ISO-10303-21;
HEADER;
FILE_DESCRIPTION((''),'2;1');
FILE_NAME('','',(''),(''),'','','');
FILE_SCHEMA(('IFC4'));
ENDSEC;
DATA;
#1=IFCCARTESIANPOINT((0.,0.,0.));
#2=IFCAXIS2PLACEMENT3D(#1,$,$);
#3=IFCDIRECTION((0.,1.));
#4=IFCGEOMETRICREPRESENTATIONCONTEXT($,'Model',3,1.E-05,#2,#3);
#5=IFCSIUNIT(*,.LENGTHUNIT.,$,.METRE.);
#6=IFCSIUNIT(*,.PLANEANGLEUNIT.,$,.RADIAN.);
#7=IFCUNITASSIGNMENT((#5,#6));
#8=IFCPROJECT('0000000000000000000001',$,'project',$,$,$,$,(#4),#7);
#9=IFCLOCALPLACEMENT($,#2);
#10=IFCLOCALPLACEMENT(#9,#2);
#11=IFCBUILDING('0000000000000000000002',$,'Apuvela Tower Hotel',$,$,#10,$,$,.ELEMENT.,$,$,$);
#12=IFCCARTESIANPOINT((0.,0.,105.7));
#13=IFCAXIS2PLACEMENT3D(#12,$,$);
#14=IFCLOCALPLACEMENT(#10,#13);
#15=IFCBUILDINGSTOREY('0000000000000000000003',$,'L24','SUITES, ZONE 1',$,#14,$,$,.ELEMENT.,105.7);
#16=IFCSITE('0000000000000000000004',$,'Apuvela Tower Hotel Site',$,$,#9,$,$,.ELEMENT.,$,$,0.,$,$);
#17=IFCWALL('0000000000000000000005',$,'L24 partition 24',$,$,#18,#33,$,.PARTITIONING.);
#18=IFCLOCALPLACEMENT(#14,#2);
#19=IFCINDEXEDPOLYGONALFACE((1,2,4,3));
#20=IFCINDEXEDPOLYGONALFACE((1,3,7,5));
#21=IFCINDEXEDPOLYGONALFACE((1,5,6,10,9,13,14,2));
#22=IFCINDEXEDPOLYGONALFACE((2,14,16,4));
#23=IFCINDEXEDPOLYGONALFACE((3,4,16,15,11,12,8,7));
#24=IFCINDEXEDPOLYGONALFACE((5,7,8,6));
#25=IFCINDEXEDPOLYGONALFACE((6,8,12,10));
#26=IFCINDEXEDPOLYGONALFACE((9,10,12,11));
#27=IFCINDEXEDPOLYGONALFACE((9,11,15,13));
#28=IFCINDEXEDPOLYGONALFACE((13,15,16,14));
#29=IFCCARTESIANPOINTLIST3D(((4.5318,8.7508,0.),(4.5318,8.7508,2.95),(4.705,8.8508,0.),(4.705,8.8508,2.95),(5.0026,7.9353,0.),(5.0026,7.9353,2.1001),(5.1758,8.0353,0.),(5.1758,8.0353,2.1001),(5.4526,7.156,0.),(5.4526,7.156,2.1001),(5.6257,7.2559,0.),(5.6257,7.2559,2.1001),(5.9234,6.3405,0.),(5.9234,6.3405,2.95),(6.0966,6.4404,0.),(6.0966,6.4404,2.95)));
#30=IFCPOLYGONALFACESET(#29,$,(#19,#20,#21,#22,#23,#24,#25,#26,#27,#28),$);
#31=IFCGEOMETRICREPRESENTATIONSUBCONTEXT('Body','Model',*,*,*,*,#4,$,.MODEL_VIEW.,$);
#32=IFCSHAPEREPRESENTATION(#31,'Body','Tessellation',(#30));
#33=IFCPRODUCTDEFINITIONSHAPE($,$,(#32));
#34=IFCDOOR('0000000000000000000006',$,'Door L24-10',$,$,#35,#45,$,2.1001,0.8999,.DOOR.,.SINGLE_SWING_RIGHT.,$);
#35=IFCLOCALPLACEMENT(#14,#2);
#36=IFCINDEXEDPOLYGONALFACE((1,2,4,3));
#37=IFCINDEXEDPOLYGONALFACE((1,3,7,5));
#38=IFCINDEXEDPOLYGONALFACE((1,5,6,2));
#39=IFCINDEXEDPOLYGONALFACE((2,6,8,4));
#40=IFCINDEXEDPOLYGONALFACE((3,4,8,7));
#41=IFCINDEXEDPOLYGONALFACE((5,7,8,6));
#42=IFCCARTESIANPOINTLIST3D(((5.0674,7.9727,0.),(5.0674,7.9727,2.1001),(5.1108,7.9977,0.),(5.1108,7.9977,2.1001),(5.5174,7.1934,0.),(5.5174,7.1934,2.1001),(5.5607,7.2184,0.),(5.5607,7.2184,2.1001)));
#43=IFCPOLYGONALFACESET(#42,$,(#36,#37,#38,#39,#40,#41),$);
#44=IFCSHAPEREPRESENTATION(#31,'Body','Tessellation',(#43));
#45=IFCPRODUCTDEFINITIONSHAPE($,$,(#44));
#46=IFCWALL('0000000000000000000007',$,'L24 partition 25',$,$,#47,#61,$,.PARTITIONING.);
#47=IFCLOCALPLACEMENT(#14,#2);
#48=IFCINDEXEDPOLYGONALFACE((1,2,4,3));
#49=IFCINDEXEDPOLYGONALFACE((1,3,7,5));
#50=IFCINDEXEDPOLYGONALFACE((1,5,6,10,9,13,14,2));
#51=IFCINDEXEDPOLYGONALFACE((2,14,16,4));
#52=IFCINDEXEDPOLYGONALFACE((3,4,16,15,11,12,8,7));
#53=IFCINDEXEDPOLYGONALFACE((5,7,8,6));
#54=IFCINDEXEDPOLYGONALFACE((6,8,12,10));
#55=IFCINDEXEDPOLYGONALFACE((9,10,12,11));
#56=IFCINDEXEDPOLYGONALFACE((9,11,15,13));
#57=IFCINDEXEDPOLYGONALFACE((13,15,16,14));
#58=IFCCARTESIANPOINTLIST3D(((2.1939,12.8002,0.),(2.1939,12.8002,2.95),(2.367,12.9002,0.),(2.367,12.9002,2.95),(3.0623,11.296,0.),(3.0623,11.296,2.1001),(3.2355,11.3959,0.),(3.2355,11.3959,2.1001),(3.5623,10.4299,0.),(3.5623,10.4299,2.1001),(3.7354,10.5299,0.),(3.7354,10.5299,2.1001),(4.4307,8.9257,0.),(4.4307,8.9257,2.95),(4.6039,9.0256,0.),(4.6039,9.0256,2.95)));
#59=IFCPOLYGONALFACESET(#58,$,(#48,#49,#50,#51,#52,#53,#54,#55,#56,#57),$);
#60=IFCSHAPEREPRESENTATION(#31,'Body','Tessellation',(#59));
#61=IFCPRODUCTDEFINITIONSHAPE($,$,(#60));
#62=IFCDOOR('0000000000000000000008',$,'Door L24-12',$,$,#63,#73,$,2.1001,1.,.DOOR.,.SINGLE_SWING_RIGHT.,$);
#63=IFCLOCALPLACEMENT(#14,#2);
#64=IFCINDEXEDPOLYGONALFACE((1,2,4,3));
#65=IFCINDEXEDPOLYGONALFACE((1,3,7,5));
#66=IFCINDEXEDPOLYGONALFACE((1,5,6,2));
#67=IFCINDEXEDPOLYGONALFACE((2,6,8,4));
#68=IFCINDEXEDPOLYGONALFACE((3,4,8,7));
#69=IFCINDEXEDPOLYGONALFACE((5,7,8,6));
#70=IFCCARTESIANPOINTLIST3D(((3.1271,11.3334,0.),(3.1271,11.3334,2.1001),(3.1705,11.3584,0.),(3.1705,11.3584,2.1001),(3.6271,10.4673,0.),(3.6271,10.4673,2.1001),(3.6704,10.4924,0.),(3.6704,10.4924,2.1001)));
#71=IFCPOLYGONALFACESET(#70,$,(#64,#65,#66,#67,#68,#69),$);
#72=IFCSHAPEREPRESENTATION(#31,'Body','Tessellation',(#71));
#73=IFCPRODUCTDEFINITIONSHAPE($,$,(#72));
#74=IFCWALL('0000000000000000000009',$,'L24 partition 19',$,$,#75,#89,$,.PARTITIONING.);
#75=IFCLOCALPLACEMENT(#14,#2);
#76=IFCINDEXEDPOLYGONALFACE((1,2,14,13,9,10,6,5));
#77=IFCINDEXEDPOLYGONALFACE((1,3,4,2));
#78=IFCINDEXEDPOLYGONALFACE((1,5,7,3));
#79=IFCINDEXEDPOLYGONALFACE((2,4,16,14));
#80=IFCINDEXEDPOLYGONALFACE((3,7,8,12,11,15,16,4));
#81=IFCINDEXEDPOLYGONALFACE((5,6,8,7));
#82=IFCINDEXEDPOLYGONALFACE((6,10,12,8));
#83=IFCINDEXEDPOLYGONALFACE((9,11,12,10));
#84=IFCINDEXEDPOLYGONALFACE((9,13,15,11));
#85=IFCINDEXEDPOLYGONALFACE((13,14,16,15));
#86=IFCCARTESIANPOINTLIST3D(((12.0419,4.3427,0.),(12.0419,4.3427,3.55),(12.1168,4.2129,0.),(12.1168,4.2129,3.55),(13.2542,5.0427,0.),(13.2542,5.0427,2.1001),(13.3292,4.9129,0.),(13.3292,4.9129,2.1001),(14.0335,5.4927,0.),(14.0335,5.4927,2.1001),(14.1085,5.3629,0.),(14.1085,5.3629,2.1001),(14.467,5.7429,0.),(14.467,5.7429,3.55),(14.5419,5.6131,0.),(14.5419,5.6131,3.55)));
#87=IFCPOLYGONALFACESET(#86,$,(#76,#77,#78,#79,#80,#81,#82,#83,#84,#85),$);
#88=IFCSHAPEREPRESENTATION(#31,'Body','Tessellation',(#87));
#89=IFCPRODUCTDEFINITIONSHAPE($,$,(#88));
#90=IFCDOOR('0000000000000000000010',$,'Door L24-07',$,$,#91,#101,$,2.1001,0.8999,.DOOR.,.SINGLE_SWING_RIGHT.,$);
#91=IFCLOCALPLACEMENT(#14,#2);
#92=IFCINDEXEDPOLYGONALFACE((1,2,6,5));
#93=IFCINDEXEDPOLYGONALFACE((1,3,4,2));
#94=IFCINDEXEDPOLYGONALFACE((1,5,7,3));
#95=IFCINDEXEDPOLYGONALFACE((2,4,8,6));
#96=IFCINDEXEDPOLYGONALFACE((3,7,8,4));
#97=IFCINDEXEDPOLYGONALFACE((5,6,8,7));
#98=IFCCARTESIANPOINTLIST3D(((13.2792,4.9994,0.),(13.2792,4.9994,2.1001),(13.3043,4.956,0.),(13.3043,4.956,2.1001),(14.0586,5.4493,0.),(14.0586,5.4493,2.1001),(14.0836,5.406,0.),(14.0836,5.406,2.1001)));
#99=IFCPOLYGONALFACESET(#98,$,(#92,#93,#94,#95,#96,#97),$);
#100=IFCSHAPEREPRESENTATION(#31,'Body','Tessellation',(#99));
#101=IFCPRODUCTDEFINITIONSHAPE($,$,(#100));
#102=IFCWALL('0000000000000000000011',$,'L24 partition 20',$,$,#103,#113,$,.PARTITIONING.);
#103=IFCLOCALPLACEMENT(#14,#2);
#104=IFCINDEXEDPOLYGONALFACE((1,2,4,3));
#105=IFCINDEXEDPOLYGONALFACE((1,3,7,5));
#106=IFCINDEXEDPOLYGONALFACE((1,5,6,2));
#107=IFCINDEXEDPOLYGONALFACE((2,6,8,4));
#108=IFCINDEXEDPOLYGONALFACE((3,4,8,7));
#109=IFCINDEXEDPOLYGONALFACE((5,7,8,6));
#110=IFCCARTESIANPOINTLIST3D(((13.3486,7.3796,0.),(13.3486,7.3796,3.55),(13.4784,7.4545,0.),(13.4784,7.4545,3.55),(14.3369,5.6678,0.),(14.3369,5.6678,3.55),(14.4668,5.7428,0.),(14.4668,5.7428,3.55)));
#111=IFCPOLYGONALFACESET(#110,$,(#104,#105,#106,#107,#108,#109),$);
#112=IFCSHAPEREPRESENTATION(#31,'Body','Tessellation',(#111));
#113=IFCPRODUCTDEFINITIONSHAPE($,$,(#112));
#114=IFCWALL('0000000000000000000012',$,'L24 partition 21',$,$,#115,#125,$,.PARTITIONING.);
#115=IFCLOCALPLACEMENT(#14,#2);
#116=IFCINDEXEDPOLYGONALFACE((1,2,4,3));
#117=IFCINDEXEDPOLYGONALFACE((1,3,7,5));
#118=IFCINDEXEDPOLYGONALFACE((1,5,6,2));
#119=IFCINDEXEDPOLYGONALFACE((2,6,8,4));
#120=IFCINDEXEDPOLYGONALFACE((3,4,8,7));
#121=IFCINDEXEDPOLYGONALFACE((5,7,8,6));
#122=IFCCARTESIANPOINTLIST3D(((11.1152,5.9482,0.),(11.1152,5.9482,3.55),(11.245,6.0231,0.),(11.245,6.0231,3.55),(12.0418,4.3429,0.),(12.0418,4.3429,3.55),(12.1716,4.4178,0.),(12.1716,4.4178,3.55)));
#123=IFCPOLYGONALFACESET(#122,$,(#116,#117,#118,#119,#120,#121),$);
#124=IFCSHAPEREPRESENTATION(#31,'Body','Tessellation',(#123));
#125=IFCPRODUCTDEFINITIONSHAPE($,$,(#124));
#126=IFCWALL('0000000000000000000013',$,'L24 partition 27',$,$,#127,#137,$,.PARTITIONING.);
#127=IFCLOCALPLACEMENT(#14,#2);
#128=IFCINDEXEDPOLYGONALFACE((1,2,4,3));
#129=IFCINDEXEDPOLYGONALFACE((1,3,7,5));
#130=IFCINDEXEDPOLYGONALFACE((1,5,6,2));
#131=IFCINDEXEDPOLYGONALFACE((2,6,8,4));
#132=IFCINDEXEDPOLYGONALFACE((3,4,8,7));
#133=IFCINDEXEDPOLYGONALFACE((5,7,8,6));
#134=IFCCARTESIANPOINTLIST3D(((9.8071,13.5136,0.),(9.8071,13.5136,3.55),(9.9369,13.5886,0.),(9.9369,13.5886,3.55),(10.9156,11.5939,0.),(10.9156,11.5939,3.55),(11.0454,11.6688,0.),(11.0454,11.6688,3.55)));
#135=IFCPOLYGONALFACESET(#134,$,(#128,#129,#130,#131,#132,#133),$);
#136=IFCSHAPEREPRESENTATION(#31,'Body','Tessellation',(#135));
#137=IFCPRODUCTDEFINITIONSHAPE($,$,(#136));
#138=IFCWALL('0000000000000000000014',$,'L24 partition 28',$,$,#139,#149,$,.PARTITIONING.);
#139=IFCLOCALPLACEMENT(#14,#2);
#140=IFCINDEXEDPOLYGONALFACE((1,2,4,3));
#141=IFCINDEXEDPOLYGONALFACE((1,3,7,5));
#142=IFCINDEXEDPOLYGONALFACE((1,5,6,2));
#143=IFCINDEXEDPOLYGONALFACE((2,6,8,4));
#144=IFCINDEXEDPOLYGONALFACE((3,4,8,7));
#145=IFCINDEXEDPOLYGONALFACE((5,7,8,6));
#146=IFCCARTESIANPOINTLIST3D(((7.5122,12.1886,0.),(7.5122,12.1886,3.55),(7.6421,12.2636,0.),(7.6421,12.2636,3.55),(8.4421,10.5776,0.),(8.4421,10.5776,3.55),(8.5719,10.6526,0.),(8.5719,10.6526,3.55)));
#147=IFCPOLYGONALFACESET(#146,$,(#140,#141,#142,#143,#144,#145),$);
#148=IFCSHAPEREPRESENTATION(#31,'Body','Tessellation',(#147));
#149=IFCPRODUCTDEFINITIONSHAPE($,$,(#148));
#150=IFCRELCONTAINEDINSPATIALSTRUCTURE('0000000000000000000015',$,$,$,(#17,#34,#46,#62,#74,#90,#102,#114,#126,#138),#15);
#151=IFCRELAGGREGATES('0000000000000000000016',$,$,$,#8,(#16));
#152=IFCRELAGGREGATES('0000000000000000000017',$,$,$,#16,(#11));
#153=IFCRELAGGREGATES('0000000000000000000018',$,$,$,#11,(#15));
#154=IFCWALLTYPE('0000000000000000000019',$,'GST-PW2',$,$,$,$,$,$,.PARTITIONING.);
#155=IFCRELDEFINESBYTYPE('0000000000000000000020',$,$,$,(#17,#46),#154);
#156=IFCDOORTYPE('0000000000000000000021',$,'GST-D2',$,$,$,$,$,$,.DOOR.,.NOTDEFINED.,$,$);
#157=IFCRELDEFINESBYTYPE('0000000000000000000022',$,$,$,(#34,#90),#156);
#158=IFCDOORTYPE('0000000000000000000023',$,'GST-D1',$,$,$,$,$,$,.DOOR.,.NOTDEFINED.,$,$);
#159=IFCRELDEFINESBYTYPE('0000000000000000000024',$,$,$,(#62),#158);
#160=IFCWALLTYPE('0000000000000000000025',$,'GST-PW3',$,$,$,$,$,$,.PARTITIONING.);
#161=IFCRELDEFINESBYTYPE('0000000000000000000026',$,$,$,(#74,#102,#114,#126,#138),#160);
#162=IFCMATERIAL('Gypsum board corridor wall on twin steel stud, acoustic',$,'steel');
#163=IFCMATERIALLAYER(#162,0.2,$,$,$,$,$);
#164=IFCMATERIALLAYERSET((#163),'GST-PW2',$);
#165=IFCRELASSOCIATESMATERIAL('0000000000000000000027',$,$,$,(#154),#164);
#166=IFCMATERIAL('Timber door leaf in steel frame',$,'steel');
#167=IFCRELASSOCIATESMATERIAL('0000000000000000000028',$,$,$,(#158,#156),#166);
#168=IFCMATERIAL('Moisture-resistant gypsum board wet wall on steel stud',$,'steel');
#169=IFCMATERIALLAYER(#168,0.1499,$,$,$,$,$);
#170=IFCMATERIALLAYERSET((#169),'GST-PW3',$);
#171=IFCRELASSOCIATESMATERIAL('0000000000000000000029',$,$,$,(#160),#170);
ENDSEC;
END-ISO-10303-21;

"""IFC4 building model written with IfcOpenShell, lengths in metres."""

from ifc_helpers import new_model, si_unit, direction, frame, frame_2d, origin, place, context, subcontext, project, spatial, rectangle, extrude, material, layer, layer_set, type_object, element, fill, save


model = new_model("IFC4")

# Units and contexts
model_context = context("Model", 3, precision=1e-05, world=origin(), true_north=direction((0.0, 1.0)))
body_context = subcontext(model_context, "Body", "Model", "MODEL_VIEW")
ifc_project = project(units=[si_unit("LENGTHUNIT", "METRE"), si_unit("PLANEANGLEUNIT", "RADIAN")], contexts=[model_context])

# Site, building, storey
site_placement = place(None, origin())
site = spatial("IfcSite", under=ifc_project, at=site_placement, Name="Apuvela Tower Hotel Site", CompositionType="ELEMENT", RefElevation=0.0)
building_placement = place(site_placement, origin())
building = spatial("IfcBuilding", under=site, at=building_placement, Name="Apuvela Tower Hotel", CompositionType="ELEMENT")
storey_placement = place(building_placement, frame((0.0, 0.0, 105.7)))
storey = spatial("IfcBuildingStorey", under=building, at=storey_placement, Name="L24", Description="SUITES, ZONE 1", CompositionType="ELEMENT", Elevation=105.7)

# Walls, openings, doors
ifc_material_1 = material(Name="Gypsum board corridor wall on twin steel stud, acoustic", Category="steel")
ifc_layer_1 = layer(ifc_material_1, 0.2)
ifc_layer_set_1 = layer_set([ifc_layer_1], Name="GST-PW2")
wall_type_1 = type_object("IfcWallType", Name="GST-PW2", PredefinedType="PARTITIONING", material=ifc_layer_set_1)
ifc_material_2 = material(Name="Timber door leaf in steel frame", Category="steel")
door_type_1 = type_object("IfcDoorType", Name="GST-D1", OperationType="NOTDEFINED", PredefinedType="DOOR", material=ifc_material_2)
door_type_2 = type_object("IfcDoorType", Name="GST-D2", OperationType="NOTDEFINED", PredefinedType="DOOR", material=ifc_material_2)
wall_1_placement = place(storey_placement, frame((4.6184, 8.8008, 0.0), z_axis=(0.0, 0.0, 1.0), x_axis=(0.499988, -0.866032, 0.0)))
wall_1 = element("IfcWall", 1, at=wall_1_placement, inside=storey, type_object=wall_type_1, Name="L24 partition 24", PredefinedType="PARTITIONING", context=body_context, shape_type="SweptSolid", body=[
    extrude(rectangle(XDim=2.7832, YDim=0.2, at=frame_2d((1.3916, 0.0))), origin(), (0.0, 0.0, 1.0), 2.95),
])
opening_1_placement = place(wall_1_placement, frame((0.9417, 0.0, 0.0)))
opening_1 = element("IfcOpeningElement", 2, at=opening_1_placement, cuts=wall_1, PredefinedType="OPENING", context=body_context, shape_type="SweptSolid", body=[
    extrude(rectangle(XDim=0.8999, YDim=2.1001, at=frame_2d((0.45, 1.05))), frame((0.0, 0.1099, 0.0), z_axis=(0.0, -1.0, 0.0), x_axis=(1.0, 0.0, 0.0)), (0.0, 0.0, 1.0), 0.22),
])
door_1_placement = place(opening_1_placement, origin())
door_1 = element("IfcDoor", 3, at=door_1_placement, inside=storey, type_object=door_type_2, Name="Door L24-10", OperationType="SINGLE_SWING_RIGHT", OverallHeight=2.1001, OverallWidth=0.8999, PredefinedType="DOOR", context=body_context, shape_type="SweptSolid", body=[
    extrude(rectangle(XDim=0.8999, YDim=2.1001, at=frame_2d((0.45, 1.05))), frame((0.0, 0.0249, 0.0), z_axis=(0.0, -1.0, 0.0), x_axis=(1.0, 0.0, 0.0)), (0.0, 0.0, 1.0), 0.05),
])
fill(opening_1, door_1)
wall_2_placement = place(storey_placement, frame((2.2805, 12.8501, 0.0), z_axis=(0.0, 0.0, 1.0), x_axis=(0.499978, -0.866038, 0.0)))
wall_2 = element("IfcWall", 4, at=wall_2_placement, inside=storey, type_object=wall_type_1, Name="L24 partition 25", PredefinedType="PARTITIONING", context=body_context, shape_type="SweptSolid", body=[
    extrude(rectangle(XDim=4.4739, YDim=0.2, at=frame_2d((2.2368, 0.0))), origin(), (0.0, 0.0, 1.0), 2.95),
])
opening_2_placement = place(wall_2_placement, frame((1.7368, 0.0, 0.0)))
opening_2 = element("IfcOpeningElement", 5, at=opening_2_placement, cuts=wall_2, PredefinedType="OPENING", context=body_context, shape_type="SweptSolid", body=[
    extrude(rectangle(XDim=1.0, YDim=2.1001, at=frame_2d((0.5, 1.05))), frame((0.0, 0.1099, 0.0), z_axis=(0.0, -1.0, 0.0), x_axis=(1.0, 0.0, 0.0)), (0.0, 0.0, 1.0), 0.22),
])
door_2_placement = place(opening_2_placement, origin())
door_2 = element("IfcDoor", 6, at=door_2_placement, inside=storey, type_object=door_type_1, Name="Door L24-12", OperationType="SINGLE_SWING_RIGHT", OverallHeight=2.1001, OverallWidth=1.0, PredefinedType="DOOR", context=body_context, shape_type="SweptSolid", body=[
    extrude(rectangle(XDim=1.0, YDim=2.1001, at=frame_2d((0.5, 1.05))), frame((0.0, 0.0249, 0.0), z_axis=(0.0, -1.0, 0.0), x_axis=(1.0, 0.0, 0.0)), (0.0, 0.0, 1.0), 0.05),
])
fill(opening_2, door_2)
ifc_material_3 = material(Name="Moisture-resistant gypsum board wet wall on steel stud", Category="steel")
ifc_layer_2 = layer(ifc_material_3, 0.1499)
ifc_layer_set_2 = layer_set([ifc_layer_2], Name="GST-PW3")
wall_type_2 = type_object("IfcWallType", Name="GST-PW3", PredefinedType="PARTITIONING", material=ifc_layer_set_2)
wall_3_placement = place(storey_placement, frame((12.0793, 4.2778, 0.0), z_axis=(0.0, 0.0, 1.0), x_axis=(0.866019, 0.500012, 0.0)))
wall_3 = element("IfcWall", 7, at=wall_3_placement, inside=storey, type_object=wall_type_2, Name="L24 partition 19", PredefinedType="PARTITIONING", context=body_context, shape_type="SweptSolid", body=[
    extrude(rectangle(XDim=2.8003, YDim=0.1499, at=frame_2d((1.4001, 0.0))), origin(), (0.0, 0.0, 1.0), 3.55),
])
opening_3_placement = place(wall_3_placement, frame((1.3999, 0.0, 0.0)))
opening_3 = element("IfcOpeningElement", 8, at=opening_3_placement, cuts=wall_3, PredefinedType="OPENING", context=body_context, shape_type="SweptSolid", body=[
    extrude(rectangle(XDim=0.8999, YDim=2.1001, at=frame_2d((0.45, 1.05))), frame((0.0, 0.085, 0.0), z_axis=(0.0, -1.0, 0.0), x_axis=(1.0, 0.0, 0.0)), (0.0, 0.0, 1.0), 0.1699),
])
door_3_placement = place(opening_3_placement, origin())
door_3 = element("IfcDoor", 9, at=door_3_placement, inside=storey, type_object=door_type_2, Name="Door L24-07", OperationType="SINGLE_SWING_RIGHT", OverallHeight=2.1001, OverallWidth=0.8999, PredefinedType="DOOR", context=body_context, shape_type="SweptSolid", body=[
    extrude(rectangle(XDim=0.8999, YDim=2.1001, at=frame_2d((0.45, 1.05))), frame((0.0, 0.0249, 0.0), z_axis=(0.0, -1.0, 0.0), x_axis=(1.0, 0.0, 0.0)), (0.0, 0.0, 1.0), 0.05),
])
fill(opening_3, door_3)

# Walls
wall_4_placement = place(storey_placement, frame((14.4019, 5.7053, 0.0), z_axis=(0.0, 0.0, 1.0), x_axis=(-0.500018, 0.866015, 0.0)))
element("IfcWall", 10, at=wall_4_placement, inside=storey, type_object=wall_type_2, Name="L24 partition 20", PredefinedType="PARTITIONING", context=body_context, shape_type="SweptSolid", body=[
    extrude(rectangle(XDim=1.9766, YDim=0.1499, at=frame_2d((0.9883, 0.0))), origin(), (0.0, 0.0, 1.0), 3.55),
])
wall_5_placement = place(storey_placement, frame((12.1067, 4.3804, 0.0), z_axis=(0.0, 0.0, 1.0), x_axis=(-0.499893, 0.866087, 0.0)))
element("IfcWall", 11, at=wall_5_placement, inside=storey, type_object=wall_type_2, Name="L24 partition 21", PredefinedType="PARTITIONING", context=body_context, shape_type="SweptSolid", body=[
    extrude(rectangle(XDim=1.8535, YDim=0.1499, at=frame_2d((0.9268, 0.0))), origin(), (0.0, 0.0, 1.0), 3.55),
])
wall_6_placement = place(storey_placement, frame((10.9805, 11.6313, 0.0), z_axis=(0.0, 0.0, 1.0), x_axis=(-0.500024, 0.866011, 0.0)))
element("IfcWall", 12, at=wall_6_placement, inside=storey, type_object=wall_type_2, Name="L24 partition 27", PredefinedType="PARTITIONING", context=body_context, shape_type="SweptSolid", body=[
    extrude(rectangle(XDim=2.2168, YDim=0.1499, at=frame_2d((1.1084, 0.0))), origin(), (0.0, 0.0, 1.0), 3.55),
])
wall_7_placement = place(storey_placement, frame((8.5071, 10.615, 0.0), z_axis=(0.0, 0.0, 1.0), x_axis=(-0.499908, 0.866079, 0.0)))
element("IfcWall", 13, at=wall_7_placement, inside=storey, type_object=wall_type_2, Name="L24 partition 28", PredefinedType="PARTITIONING", context=body_context, shape_type="SweptSolid", body=[
    extrude(rectangle(XDim=1.8601, YDim=0.1499, at=frame_2d((0.9302, 0.0))), origin(), (0.0, 0.0, 1.0), 3.55),
])

save(model, "model.ifc")
